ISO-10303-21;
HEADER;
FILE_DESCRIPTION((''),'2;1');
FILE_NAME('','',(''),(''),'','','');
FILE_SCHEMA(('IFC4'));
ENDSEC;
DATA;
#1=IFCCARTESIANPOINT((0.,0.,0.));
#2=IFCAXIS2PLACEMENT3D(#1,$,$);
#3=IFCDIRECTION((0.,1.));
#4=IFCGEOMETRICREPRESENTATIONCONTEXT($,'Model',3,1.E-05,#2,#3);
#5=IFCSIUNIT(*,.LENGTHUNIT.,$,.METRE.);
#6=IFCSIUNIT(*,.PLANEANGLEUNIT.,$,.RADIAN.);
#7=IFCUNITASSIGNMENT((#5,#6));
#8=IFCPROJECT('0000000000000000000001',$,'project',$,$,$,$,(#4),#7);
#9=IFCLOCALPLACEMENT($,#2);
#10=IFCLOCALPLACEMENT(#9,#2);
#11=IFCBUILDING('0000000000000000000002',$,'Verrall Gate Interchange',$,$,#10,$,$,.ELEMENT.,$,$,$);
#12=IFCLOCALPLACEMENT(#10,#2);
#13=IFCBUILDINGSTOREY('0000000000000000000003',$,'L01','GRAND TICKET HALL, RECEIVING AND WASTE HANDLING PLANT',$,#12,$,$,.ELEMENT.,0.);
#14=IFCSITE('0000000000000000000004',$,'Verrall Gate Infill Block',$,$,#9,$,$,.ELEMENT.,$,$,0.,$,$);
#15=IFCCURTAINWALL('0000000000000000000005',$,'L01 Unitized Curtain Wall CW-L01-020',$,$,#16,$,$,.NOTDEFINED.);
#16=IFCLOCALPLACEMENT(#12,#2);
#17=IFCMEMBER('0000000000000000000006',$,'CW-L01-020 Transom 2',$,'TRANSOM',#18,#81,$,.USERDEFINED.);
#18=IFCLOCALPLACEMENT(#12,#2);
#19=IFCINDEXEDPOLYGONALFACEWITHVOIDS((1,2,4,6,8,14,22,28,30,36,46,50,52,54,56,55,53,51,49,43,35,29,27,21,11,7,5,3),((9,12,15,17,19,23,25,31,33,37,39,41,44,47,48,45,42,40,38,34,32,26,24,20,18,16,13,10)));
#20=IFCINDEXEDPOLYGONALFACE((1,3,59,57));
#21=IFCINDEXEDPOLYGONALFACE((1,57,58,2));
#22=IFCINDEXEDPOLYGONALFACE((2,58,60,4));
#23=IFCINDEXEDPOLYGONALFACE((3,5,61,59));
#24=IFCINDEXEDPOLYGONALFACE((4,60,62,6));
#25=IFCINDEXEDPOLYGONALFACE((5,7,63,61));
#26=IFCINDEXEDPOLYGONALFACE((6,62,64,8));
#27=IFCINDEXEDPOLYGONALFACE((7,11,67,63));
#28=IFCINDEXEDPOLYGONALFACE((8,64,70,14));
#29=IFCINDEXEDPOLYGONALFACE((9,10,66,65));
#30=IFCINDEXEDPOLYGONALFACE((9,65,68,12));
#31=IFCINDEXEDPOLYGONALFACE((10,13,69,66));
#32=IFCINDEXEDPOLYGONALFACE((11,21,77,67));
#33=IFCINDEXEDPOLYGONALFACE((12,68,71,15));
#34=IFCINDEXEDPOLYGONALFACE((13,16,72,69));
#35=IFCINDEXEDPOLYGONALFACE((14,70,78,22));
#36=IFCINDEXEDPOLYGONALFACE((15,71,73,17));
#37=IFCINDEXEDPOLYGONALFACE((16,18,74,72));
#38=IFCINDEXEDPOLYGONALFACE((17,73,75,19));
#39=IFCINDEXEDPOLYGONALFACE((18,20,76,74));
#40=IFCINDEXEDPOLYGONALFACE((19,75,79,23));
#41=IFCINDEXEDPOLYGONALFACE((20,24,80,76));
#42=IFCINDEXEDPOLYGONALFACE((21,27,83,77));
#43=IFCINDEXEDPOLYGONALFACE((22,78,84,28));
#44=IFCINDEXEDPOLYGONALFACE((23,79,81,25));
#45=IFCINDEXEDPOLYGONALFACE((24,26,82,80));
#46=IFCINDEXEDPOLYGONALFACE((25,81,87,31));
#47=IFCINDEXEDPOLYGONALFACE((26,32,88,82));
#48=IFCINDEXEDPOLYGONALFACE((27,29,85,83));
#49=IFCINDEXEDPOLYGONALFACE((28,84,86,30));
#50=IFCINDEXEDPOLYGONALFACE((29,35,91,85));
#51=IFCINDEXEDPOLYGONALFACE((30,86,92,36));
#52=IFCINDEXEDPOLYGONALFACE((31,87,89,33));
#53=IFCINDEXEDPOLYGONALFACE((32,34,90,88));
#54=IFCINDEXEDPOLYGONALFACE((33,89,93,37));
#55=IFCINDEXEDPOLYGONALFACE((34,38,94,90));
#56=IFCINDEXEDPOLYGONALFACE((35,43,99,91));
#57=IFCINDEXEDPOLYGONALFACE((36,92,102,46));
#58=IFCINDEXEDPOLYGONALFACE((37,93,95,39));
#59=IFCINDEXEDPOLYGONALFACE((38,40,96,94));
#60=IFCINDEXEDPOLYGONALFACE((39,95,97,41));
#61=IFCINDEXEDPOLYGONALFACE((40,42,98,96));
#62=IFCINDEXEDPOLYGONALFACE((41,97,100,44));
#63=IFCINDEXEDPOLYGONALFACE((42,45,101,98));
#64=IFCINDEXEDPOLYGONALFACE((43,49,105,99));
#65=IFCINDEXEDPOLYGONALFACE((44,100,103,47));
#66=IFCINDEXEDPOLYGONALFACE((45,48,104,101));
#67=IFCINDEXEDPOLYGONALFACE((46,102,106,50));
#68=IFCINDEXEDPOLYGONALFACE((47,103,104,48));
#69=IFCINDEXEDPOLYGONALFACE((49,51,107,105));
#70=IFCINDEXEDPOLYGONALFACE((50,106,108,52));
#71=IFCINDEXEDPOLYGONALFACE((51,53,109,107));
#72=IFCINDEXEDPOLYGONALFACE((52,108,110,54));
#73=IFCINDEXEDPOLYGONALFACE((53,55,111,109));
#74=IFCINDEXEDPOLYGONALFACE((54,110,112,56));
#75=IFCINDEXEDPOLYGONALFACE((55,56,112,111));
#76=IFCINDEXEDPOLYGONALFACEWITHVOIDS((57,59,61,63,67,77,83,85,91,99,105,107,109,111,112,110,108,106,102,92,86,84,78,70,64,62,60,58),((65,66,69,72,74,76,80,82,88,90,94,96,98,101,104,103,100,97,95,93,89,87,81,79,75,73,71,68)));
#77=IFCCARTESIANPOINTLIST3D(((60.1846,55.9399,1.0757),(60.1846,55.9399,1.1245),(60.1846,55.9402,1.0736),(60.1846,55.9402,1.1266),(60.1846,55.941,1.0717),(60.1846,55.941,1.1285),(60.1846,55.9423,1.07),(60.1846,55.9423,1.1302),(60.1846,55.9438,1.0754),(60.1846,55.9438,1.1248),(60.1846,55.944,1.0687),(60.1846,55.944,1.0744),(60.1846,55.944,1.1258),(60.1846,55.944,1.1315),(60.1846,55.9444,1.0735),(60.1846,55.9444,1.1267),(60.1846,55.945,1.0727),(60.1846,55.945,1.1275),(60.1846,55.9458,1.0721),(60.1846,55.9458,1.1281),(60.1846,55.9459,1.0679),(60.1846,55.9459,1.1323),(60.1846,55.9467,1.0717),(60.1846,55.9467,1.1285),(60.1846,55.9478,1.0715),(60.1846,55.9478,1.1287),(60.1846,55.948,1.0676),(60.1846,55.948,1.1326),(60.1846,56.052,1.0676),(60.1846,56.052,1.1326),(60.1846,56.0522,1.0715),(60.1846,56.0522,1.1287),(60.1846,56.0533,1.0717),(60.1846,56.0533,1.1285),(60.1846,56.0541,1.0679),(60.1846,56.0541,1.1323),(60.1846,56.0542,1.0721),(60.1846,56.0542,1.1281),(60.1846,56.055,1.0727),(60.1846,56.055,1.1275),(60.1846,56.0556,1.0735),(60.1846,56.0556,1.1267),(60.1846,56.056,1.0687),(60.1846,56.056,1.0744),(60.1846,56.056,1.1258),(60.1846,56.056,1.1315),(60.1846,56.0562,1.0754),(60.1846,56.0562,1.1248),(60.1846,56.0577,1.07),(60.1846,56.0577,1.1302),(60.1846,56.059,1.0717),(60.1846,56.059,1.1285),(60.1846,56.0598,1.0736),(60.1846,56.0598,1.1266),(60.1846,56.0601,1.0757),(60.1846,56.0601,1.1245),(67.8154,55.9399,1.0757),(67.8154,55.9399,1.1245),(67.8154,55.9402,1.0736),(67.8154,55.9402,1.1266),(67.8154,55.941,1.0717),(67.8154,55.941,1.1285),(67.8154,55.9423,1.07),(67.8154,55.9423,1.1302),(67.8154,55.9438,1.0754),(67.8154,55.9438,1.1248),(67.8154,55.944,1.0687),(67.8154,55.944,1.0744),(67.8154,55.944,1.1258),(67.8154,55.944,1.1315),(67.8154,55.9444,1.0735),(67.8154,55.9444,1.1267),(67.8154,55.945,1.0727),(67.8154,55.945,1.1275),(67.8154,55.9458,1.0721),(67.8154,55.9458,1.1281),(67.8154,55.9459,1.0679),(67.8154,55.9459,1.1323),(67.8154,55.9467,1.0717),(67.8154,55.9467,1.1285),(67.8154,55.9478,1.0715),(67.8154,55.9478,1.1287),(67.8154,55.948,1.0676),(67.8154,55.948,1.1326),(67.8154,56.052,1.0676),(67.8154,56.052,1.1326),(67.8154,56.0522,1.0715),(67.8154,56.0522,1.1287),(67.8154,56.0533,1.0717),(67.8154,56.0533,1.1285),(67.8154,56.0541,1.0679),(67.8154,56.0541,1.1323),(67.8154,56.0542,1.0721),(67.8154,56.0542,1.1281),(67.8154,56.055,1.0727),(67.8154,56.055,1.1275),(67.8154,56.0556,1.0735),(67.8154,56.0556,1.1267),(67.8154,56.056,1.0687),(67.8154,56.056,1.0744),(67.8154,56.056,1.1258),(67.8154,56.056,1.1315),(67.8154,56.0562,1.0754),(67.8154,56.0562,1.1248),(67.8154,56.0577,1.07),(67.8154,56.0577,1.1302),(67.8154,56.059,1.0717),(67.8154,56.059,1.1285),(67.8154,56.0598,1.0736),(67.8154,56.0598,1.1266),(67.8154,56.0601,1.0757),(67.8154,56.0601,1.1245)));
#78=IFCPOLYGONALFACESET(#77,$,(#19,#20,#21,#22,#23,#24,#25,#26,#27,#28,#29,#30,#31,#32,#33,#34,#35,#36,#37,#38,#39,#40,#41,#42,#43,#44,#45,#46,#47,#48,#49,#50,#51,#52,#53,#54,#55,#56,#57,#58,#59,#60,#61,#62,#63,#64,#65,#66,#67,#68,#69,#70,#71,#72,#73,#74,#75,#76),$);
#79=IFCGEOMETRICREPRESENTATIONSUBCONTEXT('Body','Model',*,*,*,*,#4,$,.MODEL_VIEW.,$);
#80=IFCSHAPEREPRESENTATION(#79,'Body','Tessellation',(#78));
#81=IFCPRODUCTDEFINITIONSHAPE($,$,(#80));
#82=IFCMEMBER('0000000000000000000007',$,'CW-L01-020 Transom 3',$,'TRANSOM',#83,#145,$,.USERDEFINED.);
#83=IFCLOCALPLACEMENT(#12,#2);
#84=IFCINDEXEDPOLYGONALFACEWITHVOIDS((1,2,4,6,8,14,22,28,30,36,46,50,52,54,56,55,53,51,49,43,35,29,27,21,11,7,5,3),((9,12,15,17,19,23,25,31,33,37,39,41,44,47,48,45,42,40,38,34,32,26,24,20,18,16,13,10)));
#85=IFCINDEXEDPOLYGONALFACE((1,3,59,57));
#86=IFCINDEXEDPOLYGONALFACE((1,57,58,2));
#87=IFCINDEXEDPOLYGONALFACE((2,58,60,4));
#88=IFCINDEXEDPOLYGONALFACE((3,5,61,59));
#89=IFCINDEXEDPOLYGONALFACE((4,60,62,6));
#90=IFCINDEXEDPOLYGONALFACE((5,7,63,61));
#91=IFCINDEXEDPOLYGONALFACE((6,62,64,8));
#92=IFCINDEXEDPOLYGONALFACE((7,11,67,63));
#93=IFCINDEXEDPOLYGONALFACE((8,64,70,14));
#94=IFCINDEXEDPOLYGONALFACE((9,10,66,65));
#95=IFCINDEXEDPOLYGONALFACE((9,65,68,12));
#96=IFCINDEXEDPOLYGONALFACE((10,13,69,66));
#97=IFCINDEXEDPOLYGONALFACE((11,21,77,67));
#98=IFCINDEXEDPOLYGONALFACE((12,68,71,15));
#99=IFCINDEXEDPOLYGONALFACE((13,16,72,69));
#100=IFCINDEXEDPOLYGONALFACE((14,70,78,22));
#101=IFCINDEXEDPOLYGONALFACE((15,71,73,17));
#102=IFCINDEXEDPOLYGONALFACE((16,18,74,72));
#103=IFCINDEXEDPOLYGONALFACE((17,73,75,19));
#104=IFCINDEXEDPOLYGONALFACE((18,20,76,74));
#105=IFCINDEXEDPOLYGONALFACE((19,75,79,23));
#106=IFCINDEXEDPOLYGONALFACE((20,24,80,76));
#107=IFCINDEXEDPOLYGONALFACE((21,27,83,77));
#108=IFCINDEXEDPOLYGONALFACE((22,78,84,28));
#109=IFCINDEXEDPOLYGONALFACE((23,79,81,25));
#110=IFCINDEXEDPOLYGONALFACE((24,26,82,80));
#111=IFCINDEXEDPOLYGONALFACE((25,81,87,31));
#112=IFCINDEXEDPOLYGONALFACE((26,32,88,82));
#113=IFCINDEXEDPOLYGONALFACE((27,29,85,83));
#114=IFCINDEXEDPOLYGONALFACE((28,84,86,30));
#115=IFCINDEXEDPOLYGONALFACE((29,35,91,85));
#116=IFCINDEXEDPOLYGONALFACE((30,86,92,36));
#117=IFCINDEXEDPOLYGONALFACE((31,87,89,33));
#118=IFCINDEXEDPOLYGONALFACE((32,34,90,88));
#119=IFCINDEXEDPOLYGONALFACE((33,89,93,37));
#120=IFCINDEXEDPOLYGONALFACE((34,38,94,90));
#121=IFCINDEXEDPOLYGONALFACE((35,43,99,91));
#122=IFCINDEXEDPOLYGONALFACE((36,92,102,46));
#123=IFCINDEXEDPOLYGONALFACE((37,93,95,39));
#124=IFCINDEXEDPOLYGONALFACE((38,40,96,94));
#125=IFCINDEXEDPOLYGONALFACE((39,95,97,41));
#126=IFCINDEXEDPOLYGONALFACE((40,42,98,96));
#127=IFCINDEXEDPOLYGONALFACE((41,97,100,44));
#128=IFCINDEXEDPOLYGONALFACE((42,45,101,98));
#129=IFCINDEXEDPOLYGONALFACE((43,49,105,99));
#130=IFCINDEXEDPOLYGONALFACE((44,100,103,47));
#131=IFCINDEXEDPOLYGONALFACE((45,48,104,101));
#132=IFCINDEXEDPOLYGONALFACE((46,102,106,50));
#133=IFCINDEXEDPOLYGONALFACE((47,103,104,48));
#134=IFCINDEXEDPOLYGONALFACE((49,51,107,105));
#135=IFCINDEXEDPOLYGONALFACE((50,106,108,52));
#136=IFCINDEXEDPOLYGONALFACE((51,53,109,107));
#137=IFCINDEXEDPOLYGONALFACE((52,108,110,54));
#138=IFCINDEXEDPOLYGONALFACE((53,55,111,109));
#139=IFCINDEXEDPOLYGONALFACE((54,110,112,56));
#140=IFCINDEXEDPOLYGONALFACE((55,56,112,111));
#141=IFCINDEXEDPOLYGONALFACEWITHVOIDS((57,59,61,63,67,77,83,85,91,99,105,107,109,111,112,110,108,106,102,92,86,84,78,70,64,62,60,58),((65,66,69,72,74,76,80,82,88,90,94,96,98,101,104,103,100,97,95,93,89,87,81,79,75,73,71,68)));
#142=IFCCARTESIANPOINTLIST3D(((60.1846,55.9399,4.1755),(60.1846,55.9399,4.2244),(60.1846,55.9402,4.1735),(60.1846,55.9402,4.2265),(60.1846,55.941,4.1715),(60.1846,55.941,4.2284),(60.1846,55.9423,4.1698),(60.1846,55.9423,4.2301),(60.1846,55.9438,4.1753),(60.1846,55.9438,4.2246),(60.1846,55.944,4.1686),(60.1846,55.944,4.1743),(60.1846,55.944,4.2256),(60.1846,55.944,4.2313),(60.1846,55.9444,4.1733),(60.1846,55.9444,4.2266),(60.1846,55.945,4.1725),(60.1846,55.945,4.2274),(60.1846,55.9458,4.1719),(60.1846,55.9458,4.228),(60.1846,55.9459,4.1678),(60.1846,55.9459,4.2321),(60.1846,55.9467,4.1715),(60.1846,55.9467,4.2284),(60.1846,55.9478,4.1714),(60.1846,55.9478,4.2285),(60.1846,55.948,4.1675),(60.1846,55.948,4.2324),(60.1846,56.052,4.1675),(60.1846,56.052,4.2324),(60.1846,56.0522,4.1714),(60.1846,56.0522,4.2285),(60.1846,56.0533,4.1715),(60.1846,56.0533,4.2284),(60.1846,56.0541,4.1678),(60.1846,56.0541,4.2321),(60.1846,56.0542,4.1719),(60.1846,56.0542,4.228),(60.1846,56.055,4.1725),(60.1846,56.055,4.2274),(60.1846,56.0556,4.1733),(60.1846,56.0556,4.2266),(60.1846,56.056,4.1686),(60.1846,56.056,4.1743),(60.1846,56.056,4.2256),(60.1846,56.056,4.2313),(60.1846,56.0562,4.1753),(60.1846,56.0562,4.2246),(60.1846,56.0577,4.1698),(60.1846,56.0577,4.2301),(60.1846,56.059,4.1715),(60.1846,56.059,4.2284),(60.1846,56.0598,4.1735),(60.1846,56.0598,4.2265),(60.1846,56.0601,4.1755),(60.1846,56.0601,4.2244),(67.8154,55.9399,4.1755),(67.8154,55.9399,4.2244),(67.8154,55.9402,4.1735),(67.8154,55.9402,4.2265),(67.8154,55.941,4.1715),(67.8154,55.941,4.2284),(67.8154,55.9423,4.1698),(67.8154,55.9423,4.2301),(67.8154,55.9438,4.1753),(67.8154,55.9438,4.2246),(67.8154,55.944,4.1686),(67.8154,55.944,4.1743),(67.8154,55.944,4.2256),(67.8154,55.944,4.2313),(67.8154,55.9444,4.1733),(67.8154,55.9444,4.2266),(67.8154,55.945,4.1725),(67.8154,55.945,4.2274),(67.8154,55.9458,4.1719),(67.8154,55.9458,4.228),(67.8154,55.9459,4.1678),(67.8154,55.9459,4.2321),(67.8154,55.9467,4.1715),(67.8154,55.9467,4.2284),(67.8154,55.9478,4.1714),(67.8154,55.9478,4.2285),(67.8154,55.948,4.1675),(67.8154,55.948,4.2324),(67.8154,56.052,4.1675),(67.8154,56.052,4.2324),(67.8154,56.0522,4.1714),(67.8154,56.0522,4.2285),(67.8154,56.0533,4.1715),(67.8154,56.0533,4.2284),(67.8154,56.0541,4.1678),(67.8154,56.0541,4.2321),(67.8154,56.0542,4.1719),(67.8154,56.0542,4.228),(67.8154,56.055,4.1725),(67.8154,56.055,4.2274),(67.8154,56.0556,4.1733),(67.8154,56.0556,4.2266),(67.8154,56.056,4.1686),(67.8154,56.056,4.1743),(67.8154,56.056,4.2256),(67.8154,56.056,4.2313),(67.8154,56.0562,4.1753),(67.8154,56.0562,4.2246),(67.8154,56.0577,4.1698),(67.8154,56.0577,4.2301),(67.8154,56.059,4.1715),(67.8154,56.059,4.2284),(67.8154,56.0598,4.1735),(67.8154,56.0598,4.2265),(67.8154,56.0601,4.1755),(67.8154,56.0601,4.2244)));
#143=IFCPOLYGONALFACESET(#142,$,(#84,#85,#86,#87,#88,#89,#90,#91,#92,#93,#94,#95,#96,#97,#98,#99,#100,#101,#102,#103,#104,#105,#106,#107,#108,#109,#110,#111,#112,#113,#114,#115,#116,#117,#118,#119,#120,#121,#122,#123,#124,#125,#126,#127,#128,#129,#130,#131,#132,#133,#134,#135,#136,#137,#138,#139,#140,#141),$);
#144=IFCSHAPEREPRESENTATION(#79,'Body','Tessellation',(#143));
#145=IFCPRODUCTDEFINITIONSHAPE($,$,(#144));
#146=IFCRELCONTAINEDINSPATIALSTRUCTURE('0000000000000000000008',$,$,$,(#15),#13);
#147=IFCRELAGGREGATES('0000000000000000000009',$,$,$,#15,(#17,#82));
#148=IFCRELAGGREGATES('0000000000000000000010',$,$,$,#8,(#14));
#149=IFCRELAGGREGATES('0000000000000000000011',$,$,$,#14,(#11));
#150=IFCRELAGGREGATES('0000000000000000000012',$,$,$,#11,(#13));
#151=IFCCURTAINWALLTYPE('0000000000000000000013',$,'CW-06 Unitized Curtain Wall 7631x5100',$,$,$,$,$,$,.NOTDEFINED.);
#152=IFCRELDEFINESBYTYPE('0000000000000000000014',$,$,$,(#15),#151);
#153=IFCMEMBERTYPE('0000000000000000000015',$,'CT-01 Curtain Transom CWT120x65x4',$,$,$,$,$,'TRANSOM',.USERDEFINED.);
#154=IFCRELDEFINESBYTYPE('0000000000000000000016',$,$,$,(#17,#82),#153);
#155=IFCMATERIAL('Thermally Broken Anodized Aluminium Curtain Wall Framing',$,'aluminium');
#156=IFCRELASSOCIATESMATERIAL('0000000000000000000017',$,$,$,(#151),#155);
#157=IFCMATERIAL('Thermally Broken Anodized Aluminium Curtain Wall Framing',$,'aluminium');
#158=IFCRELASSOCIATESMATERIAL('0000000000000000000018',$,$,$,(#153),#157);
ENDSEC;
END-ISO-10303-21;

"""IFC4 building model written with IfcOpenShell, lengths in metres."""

from ifc_helpers import new_model, si_unit, direction, frame, origin, origin_2d, place, context, subcontext, project, spatial, hollow_rectangle, extrude, material, material_profile, profile_set, type_object, element, aggregate, save


model = new_model("IFC4")

# Units and contexts
model_context = context("Model", 3, precision=1e-05, world=origin(), true_north=direction((0.0, 1.0)))
body_context = subcontext(model_context, "Body", "Model", "MODEL_VIEW")
ifc_project = project(units=[si_unit("LENGTHUNIT", "METRE"), si_unit("PLANEANGLEUNIT", "RADIAN")], contexts=[model_context])

# Site, building, storey
site_placement = place(None, origin())
site = spatial("IfcSite", under=ifc_project, at=site_placement, Name="Verrall Gate Infill Block", CompositionType="ELEMENT", RefElevation=0.0)
building_placement = place(site_placement, origin())
building = spatial("IfcBuilding", under=site, at=building_placement, Name="Verrall Gate Interchange", CompositionType="ELEMENT")
storey_placement = place(building_placement, origin())
storey = spatial("IfcBuildingStorey", under=building, at=storey_placement, Name="L01", Description="GRAND TICKET HALL, RECEIVING AND WASTE HANDLING PLANT", CompositionType="ELEMENT", Elevation=0.0)

# Curtain wall
ifc_material_1 = material(Name="Thermally Broken Anodized Aluminium Curtain Wall Framing", Category="aluminium")
curtain_wall_type = type_object("IfcCurtainWallType", Name="CW-06 Unitized Curtain Wall 7631x5100", PredefinedType="NOTDEFINED", material=ifc_material_1)
curtain_wall_1_placement = place(storey_placement, origin())
curtain_wall_1 = element("IfcCurtainWall", 1, at=curtain_wall_1_placement, inside=storey, type_object=curtain_wall_type, Name="L01 Unitized Curtain Wall CW-L01-020", PredefinedType="NOTDEFINED")

# Members
ifc_material_2 = material(Name="Thermally Broken Anodized Aluminium Curtain Wall Framing", Category="aluminium")
ifc_material_profile_1 = material_profile(ifc_material_2, hollow_rectangle(XDim=0.1201, YDim=0.0649, WallThickness=0.0039, InnerFilletRadius=0.0039, OuterFilletRadius=0.0081, at=origin_2d()), Name="CWT120x65x4")
ifc_profile_set_1 = profile_set([ifc_material_profile_1], Name="Thermally Broken Anodized Aluminium Curtain Wall Framing")
member_type_1 = type_object("IfcMemberType", Name="CT-01 Curtain Transom CWT120x65x4", ElementType="TRANSOM", PredefinedType="USERDEFINED", material=ifc_profile_set_1)
member_1_placement = place(storey_placement, frame((67.8154, 56.0, 1.1001), z_axis=(-1.0, 0.0, 0.0), x_axis=(0.0, -1.0, 0.0)))
member_1 = element("IfcMember", 2, at=member_1_placement, type_object=member_type_1, Name="CW-L01-020 Transom 2", ObjectType="TRANSOM", PredefinedType="USERDEFINED", context=body_context, shape_type="SweptSolid", body=[
    extrude(hollow_rectangle(XDim=0.1201, YDim=0.0649, WallThickness=0.0039, InnerFilletRadius=0.0039, OuterFilletRadius=0.0081, at=origin_2d()), origin(), (0.0, 0.0, 1.0), 7.6309),
])
member_2_placement = place(storey_placement, frame((67.8154, 56.0, 4.2), z_axis=(-1.0, 0.0, 0.0), x_axis=(0.0, -1.0, 0.0)))
member_2 = element("IfcMember", 3, at=member_2_placement, type_object=member_type_1, Name="CW-L01-020 Transom 3", ObjectType="TRANSOM", PredefinedType="USERDEFINED", context=body_context, shape_type="SweptSolid", body=[
    extrude(hollow_rectangle(XDim=0.1201, YDim=0.0649, WallThickness=0.0039, InnerFilletRadius=0.0039, OuterFilletRadius=0.0081, at=origin_2d()), origin(), (0.0, 0.0, 1.0), 7.6309),
])

aggregate(curtain_wall_1, [member_1, member_2])

save(model, "model.ifc")
